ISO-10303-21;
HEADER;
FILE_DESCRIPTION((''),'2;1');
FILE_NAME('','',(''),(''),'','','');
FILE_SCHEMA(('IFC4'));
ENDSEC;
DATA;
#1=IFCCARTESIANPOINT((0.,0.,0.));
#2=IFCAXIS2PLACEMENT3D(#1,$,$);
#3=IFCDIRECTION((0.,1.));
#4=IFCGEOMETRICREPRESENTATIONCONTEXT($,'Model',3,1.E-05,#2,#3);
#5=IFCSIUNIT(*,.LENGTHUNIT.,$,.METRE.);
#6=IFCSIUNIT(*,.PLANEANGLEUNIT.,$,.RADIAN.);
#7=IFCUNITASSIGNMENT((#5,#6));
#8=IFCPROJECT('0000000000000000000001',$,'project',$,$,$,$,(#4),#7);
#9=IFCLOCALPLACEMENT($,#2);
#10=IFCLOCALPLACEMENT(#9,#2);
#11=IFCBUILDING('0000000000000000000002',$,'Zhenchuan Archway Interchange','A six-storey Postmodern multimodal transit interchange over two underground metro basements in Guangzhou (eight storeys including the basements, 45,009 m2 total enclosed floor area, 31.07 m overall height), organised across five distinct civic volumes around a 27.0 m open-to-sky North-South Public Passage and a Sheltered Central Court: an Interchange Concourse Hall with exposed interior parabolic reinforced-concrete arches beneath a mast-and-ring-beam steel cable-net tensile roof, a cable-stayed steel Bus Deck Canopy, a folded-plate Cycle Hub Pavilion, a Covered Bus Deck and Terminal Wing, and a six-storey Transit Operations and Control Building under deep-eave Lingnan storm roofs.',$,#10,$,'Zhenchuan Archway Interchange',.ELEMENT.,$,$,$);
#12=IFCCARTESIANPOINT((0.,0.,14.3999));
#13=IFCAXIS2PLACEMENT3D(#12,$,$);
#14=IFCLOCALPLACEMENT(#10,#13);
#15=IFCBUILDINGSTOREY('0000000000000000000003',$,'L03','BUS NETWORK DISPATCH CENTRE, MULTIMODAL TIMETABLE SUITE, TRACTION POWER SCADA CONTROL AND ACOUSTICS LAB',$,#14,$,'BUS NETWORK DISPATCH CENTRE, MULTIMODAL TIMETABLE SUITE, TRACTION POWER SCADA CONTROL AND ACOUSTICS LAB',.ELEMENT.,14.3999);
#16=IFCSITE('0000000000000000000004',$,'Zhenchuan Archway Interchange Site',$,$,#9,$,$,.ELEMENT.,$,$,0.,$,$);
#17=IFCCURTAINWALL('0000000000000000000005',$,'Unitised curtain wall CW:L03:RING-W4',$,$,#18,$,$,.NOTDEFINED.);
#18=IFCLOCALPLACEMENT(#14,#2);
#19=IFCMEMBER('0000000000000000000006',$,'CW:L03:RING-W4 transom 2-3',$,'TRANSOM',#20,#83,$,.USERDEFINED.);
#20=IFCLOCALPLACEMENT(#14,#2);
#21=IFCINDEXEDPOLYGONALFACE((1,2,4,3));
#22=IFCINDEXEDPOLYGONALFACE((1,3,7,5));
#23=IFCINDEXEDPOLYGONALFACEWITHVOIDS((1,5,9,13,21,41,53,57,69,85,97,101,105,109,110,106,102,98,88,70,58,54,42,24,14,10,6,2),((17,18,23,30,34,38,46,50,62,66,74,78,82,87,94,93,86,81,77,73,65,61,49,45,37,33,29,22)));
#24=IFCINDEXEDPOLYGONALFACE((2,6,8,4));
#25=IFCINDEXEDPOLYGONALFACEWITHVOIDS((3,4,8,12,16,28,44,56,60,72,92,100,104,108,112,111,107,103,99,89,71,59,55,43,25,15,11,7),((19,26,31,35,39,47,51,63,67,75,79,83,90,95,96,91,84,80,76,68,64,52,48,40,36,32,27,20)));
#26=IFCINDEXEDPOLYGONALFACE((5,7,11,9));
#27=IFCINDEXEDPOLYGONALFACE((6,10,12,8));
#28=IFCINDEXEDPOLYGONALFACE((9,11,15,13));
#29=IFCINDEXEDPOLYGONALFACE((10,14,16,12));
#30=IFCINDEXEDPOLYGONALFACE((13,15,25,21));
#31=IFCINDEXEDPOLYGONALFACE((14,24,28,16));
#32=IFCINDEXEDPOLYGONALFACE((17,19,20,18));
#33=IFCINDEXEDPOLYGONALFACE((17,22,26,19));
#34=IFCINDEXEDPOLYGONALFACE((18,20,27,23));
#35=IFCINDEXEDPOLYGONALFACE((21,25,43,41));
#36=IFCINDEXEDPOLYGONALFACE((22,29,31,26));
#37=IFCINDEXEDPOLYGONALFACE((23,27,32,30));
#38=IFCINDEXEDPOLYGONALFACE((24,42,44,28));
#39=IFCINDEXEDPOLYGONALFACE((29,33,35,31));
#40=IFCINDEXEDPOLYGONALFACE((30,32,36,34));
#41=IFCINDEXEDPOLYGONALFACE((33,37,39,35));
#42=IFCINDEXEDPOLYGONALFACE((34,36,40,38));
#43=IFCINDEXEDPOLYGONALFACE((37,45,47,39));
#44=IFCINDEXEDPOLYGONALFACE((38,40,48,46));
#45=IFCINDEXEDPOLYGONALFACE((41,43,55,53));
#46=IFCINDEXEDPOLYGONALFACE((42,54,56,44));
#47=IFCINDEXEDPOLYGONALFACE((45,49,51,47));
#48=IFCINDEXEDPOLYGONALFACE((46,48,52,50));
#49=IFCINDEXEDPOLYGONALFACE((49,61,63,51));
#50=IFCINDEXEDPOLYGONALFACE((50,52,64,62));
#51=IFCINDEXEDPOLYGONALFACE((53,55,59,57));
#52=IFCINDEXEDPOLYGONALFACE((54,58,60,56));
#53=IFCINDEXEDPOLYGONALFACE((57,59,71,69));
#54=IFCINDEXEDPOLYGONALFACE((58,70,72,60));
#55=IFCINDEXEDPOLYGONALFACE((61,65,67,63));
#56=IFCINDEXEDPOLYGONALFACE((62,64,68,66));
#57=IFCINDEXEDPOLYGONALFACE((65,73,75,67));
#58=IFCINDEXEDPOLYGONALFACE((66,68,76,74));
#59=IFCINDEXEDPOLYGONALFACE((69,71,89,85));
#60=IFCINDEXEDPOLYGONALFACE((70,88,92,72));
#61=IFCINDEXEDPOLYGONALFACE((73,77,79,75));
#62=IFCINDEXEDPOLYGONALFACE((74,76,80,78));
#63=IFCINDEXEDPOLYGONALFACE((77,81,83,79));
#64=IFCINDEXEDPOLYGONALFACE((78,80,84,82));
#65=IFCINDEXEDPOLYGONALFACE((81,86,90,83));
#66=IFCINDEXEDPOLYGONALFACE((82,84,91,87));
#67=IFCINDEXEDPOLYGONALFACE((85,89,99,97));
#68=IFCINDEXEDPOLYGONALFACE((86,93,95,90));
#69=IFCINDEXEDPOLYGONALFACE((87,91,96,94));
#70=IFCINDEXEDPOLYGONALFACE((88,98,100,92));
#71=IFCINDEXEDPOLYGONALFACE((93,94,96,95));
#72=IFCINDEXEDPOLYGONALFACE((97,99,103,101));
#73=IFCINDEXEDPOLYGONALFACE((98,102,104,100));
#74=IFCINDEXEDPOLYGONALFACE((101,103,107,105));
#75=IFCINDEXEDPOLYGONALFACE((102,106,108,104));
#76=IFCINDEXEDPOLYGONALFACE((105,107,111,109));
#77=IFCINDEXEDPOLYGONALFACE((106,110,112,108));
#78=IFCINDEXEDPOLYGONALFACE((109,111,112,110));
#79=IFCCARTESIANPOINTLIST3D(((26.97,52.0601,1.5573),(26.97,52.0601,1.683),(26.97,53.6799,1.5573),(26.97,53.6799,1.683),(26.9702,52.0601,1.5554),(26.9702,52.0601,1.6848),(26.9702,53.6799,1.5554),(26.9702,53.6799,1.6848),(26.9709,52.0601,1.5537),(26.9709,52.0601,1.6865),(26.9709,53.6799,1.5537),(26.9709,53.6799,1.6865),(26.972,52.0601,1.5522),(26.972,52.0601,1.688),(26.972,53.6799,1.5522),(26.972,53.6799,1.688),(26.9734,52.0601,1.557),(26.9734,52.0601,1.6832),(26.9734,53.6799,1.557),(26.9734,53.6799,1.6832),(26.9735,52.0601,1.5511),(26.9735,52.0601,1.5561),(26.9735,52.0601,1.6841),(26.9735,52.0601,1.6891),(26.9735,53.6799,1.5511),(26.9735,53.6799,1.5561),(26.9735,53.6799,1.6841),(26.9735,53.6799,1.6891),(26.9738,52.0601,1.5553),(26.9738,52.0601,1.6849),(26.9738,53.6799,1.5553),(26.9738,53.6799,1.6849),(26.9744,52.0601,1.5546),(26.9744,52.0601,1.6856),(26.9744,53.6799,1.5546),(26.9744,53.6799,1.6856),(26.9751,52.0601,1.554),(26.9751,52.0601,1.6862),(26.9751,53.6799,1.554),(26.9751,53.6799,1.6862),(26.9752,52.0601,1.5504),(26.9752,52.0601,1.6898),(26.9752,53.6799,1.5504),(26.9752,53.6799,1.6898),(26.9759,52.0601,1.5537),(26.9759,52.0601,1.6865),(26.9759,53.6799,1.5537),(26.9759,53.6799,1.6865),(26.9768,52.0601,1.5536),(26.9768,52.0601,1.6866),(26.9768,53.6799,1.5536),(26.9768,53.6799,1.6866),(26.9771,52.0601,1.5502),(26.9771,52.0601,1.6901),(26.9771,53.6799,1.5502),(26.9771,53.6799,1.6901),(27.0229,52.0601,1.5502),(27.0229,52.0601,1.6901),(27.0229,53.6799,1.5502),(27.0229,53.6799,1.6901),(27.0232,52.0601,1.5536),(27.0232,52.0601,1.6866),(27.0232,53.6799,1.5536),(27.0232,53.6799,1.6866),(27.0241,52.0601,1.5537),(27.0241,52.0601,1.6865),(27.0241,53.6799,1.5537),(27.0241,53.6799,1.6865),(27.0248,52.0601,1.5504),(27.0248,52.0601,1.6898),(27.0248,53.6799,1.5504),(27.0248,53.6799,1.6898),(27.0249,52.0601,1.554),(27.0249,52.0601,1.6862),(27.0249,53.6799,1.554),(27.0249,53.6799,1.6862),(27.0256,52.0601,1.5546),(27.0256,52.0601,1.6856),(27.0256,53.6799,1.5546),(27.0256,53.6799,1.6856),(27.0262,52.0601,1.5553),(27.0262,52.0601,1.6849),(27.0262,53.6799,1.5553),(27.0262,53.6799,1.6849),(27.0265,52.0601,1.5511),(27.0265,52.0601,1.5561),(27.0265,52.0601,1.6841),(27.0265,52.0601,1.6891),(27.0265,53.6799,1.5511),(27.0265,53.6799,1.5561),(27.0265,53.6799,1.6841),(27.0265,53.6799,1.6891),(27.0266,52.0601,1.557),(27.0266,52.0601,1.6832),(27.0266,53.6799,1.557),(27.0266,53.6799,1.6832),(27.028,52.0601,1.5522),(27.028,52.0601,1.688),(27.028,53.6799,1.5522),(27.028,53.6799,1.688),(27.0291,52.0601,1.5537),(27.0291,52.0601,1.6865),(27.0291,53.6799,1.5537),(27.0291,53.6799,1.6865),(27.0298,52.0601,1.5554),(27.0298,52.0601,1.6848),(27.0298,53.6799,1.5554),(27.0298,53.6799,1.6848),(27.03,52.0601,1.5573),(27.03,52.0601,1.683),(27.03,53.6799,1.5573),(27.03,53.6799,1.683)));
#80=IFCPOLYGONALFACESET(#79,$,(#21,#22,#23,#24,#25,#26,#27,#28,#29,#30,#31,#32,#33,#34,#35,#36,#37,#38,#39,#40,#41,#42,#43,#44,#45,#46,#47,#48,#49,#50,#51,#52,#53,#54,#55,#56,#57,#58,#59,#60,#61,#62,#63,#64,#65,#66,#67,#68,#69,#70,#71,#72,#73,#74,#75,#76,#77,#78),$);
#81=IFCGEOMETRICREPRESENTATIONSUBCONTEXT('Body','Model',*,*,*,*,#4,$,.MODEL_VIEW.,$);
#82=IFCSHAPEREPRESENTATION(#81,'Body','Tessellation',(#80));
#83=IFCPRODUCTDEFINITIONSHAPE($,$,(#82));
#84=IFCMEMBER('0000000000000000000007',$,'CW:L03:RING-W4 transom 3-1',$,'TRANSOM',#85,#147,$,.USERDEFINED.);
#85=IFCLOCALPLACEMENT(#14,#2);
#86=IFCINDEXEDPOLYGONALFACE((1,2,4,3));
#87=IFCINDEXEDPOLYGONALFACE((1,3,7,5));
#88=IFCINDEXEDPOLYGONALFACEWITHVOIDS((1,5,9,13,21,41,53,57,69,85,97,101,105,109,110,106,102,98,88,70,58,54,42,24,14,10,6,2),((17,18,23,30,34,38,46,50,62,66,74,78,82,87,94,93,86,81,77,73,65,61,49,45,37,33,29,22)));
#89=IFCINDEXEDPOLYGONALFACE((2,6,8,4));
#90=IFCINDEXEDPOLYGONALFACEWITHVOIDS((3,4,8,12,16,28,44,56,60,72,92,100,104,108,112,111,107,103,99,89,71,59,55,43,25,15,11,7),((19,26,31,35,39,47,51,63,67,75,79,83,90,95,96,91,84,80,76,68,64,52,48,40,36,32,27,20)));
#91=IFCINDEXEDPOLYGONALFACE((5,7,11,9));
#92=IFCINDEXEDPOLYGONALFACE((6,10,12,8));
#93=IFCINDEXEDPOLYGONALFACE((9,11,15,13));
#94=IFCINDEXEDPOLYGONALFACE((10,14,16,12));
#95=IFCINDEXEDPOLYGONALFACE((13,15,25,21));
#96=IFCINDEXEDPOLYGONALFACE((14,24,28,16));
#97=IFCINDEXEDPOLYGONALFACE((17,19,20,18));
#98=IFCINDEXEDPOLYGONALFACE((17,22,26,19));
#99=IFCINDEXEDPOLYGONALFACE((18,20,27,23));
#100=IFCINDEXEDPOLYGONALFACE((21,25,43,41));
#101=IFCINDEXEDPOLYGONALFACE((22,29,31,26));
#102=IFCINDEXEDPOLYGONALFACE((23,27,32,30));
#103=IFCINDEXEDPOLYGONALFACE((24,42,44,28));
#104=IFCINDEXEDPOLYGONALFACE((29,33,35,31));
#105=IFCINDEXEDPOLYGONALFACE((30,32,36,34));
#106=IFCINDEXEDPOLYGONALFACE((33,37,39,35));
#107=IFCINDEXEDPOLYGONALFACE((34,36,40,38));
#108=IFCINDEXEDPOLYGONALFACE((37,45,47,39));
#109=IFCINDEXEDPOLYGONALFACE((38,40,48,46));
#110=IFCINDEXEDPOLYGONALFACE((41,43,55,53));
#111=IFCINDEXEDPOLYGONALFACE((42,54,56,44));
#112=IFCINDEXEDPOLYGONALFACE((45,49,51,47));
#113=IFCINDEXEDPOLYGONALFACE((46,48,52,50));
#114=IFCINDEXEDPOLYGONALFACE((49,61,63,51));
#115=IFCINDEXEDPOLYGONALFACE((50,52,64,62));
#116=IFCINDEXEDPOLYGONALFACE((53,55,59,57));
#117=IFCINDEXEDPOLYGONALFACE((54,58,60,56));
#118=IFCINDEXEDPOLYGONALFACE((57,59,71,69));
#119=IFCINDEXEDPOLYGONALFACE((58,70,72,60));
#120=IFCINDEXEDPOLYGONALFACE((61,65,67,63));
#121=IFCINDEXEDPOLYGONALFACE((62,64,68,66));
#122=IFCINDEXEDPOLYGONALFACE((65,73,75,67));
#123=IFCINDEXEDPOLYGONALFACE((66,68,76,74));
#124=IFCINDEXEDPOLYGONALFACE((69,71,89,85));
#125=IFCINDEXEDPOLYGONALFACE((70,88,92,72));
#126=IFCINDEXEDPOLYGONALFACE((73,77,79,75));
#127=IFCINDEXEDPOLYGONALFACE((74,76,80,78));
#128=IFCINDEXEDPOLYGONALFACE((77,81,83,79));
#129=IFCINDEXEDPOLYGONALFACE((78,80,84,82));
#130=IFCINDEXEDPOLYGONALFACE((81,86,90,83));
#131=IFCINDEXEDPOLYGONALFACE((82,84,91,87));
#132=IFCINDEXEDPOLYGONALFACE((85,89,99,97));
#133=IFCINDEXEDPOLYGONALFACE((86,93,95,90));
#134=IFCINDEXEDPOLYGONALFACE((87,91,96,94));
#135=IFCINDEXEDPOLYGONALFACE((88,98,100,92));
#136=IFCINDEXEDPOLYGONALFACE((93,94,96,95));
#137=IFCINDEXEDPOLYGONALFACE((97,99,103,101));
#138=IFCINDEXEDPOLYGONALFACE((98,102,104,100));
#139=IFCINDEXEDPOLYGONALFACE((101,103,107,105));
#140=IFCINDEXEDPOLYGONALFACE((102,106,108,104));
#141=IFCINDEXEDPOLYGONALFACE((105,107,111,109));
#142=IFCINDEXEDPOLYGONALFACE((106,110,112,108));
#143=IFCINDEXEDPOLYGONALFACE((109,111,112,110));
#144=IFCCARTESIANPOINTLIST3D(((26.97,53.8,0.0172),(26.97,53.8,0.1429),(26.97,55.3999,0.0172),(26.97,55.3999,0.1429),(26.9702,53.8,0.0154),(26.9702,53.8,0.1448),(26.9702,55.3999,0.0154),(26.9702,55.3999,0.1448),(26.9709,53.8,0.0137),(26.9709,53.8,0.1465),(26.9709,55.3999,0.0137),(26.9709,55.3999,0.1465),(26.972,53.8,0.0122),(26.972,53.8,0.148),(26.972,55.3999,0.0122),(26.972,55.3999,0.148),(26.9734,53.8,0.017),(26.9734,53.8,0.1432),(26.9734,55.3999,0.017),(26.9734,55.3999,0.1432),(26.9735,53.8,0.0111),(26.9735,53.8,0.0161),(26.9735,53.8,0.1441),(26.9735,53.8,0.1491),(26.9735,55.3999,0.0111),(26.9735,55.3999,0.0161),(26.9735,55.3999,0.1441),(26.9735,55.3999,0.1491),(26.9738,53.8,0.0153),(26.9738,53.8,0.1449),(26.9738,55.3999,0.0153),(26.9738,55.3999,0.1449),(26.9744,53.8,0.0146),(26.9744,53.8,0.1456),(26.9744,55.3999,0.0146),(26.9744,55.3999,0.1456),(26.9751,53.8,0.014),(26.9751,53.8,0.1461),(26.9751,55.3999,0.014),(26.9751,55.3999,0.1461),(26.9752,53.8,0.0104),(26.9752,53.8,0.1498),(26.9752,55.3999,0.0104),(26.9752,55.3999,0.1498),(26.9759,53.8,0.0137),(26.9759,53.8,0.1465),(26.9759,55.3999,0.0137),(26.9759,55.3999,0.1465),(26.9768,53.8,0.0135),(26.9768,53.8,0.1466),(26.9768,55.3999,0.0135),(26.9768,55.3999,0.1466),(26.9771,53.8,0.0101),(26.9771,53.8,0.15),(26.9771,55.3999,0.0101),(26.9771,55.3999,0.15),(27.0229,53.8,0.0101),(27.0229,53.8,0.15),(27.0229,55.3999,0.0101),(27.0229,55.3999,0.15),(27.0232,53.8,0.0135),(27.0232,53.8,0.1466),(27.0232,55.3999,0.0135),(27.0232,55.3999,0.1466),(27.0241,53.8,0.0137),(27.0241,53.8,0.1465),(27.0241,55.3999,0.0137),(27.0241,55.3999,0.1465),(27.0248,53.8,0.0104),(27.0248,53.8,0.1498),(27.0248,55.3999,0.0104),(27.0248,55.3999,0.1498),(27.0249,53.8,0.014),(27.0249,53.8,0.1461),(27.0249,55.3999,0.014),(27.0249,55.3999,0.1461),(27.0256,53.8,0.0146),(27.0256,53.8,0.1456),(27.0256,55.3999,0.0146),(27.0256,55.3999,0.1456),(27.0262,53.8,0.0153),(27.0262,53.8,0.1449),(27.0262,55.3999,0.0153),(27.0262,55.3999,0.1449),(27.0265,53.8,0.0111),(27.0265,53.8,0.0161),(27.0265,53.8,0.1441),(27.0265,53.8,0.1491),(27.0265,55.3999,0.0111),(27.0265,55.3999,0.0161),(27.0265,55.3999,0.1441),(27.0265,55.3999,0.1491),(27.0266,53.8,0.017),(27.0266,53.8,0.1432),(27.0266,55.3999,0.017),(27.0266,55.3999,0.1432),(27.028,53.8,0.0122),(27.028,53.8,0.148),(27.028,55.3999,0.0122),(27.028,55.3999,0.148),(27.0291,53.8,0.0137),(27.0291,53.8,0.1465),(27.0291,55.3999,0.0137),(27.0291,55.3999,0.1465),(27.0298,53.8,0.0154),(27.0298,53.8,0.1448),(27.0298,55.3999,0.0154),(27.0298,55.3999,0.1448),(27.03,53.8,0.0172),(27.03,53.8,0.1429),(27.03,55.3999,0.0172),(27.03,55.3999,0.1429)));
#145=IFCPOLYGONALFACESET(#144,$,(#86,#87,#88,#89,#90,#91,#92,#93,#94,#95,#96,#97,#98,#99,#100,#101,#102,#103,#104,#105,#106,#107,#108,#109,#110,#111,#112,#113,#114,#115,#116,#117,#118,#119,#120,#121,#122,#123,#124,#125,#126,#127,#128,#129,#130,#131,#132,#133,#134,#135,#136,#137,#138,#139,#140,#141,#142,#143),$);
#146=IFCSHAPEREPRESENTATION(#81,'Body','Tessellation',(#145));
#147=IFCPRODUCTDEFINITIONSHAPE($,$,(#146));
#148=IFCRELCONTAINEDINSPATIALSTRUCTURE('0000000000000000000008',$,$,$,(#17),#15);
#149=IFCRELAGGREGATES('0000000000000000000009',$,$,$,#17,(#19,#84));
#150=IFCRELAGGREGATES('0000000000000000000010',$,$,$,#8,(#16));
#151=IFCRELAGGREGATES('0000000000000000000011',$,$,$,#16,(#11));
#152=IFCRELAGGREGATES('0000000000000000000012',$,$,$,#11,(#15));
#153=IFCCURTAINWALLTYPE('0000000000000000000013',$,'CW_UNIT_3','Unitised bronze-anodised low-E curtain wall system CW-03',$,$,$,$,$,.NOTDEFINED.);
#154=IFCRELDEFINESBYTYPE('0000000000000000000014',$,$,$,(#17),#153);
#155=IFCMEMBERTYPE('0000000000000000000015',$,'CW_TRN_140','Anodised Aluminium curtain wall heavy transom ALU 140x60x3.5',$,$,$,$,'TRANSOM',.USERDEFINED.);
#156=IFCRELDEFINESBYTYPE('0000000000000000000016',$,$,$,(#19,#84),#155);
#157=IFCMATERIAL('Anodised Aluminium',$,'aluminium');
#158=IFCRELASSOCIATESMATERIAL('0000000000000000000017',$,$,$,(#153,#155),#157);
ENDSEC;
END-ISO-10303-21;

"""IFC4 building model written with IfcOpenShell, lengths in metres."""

from ifc_helpers import new_model, si_unit, direction, frame, origin, origin_2d, place, context, subcontext, project, spatial, hollow_rectangle, extrude, material, material_profile, profile_set, type_object, element, aggregate, save


model = new_model("IFC4")

# Units and contexts
model_context = context("Model", 3, precision=1e-05, world=origin(), true_north=direction((0.0, 1.0)))
body_context = subcontext(model_context, "Body", "Model", "MODEL_VIEW")
ifc_project = project(units=[si_unit("LENGTHUNIT", "METRE"), si_unit("PLANEANGLEUNIT", "RADIAN")], contexts=[model_context])

# Site, building, storey
site_placement = place(None, origin())
site = spatial("IfcSite", under=ifc_project, at=site_placement, Name="Zhenchuan Archway Interchange Site", CompositionType="ELEMENT", RefElevation=0.0)
building_placement = place(site_placement, origin())
building = spatial("IfcBuilding", under=site, at=building_placement, Name="Zhenchuan Archway Interchange", Description="A six-storey Postmodern multimodal transit interchange over two underground metro basements in Guangzhou (eight storeys including the basements, 45,009 m2 total enclosed floor area, 31.07 m overall height), organised across five distinct civic volumes around a 27.0 m open-to-sky North-South Public Passage and a Sheltered Central Court: an Interchange Concourse Hall with exposed interior parabolic reinforced-concrete arches beneath a mast-and-ring-beam steel cable-net tensile roof, a cable-stayed steel Bus Deck Canopy, a folded-plate Cycle Hub Pavilion, a Covered Bus Deck and Terminal Wing, and a six-storey Transit Operations and Control Building under deep-eave Lingnan storm roofs.", LongName="Zhenchuan Archway Interchange", CompositionType="ELEMENT")
storey_placement = place(building_placement, frame((0.0, 0.0, 14.3999)))
storey = spatial("IfcBuildingStorey", under=building, at=storey_placement, Name="L03", Description="BUS NETWORK DISPATCH CENTRE, MULTIMODAL TIMETABLE SUITE, TRACTION POWER SCADA CONTROL AND ACOUSTICS LAB", LongName="BUS NETWORK DISPATCH CENTRE, MULTIMODAL TIMETABLE SUITE, TRACTION POWER SCADA CONTROL AND ACOUSTICS LAB", CompositionType="ELEMENT", Elevation=14.3999)

# Shared definitions
ifc_material_1 = material(Name="Anodised Aluminium", Category="aluminium")
curtain_wall_type = type_object("IfcCurtainWallType", Name="CW_UNIT_3", Description="Unitised bronze-anodised low-E curtain wall system CW-03", PredefinedType="NOTDEFINED", material=ifc_material_1)

# Curtain wall, members
curtain_wall_1_placement = place(storey_placement, origin())
curtain_wall_1 = element("IfcCurtainWall", 1, at=curtain_wall_1_placement, inside=storey, type_object=curtain_wall_type, Name="Unitised curtain wall CW:L03:RING-W4", PredefinedType="NOTDEFINED")
ifc_material_profile_1 = material_profile(ifc_material_1, hollow_rectangle(XDim=0.0601, YDim=0.1399, WallThickness=0.0034, InnerFilletRadius=0.0034, OuterFilletRadius=0.0071, at=origin_2d()), Name="ALU 140x60x3.5")
ifc_profile_set_1 = profile_set([ifc_material_profile_1], Name="Anodised Aluminium")
member_type_1 = type_object("IfcMemberType", Name="CW_TRN_140", Description="Anodised Aluminium curtain wall heavy transom ALU 140x60x3.5", ElementType="TRANSOM", PredefinedType="USERDEFINED", material=ifc_profile_set_1)
member_1_placement = place(storey_placement, frame((27.0, 52.0601, 1.6201), z_axis=(0.0, 1.0, 0.0), x_axis=(-1.0, 0.0, 0.0)))
member_1 = element("IfcMember", 2, at=member_1_placement, type_object=member_type_1, Name="CW:L03:RING-W4 transom 2-3", ObjectType="TRANSOM", PredefinedType="USERDEFINED", context=body_context, shape_type="SweptSolid", body=[
    extrude(hollow_rectangle(XDim=0.0601, YDim=0.1399, WallThickness=0.0034, InnerFilletRadius=0.0034, OuterFilletRadius=0.0071, at=origin_2d()), origin(), (0.0, 0.0, 1.0), 1.6199),
])
member_2_placement = place(storey_placement, frame((27.0, 53.8, 0.0801), z_axis=(0.0, 1.0, 0.0), x_axis=(-1.0, 0.0, 0.0)))
member_2 = element("IfcMember", 3, at=member_2_placement, type_object=member_type_1, Name="CW:L03:RING-W4 transom 3-1", ObjectType="TRANSOM", PredefinedType="USERDEFINED", context=body_context, shape_type="SweptSolid", body=[
    extrude(hollow_rectangle(XDim=0.0601, YDim=0.1399, WallThickness=0.0034, InnerFilletRadius=0.0034, OuterFilletRadius=0.0071, at=origin_2d()), origin(), (0.0, 0.0, 1.0), 1.5999),
])

aggregate(curtain_wall_1, [member_1, member_2])

save(model, "model.ifc")
